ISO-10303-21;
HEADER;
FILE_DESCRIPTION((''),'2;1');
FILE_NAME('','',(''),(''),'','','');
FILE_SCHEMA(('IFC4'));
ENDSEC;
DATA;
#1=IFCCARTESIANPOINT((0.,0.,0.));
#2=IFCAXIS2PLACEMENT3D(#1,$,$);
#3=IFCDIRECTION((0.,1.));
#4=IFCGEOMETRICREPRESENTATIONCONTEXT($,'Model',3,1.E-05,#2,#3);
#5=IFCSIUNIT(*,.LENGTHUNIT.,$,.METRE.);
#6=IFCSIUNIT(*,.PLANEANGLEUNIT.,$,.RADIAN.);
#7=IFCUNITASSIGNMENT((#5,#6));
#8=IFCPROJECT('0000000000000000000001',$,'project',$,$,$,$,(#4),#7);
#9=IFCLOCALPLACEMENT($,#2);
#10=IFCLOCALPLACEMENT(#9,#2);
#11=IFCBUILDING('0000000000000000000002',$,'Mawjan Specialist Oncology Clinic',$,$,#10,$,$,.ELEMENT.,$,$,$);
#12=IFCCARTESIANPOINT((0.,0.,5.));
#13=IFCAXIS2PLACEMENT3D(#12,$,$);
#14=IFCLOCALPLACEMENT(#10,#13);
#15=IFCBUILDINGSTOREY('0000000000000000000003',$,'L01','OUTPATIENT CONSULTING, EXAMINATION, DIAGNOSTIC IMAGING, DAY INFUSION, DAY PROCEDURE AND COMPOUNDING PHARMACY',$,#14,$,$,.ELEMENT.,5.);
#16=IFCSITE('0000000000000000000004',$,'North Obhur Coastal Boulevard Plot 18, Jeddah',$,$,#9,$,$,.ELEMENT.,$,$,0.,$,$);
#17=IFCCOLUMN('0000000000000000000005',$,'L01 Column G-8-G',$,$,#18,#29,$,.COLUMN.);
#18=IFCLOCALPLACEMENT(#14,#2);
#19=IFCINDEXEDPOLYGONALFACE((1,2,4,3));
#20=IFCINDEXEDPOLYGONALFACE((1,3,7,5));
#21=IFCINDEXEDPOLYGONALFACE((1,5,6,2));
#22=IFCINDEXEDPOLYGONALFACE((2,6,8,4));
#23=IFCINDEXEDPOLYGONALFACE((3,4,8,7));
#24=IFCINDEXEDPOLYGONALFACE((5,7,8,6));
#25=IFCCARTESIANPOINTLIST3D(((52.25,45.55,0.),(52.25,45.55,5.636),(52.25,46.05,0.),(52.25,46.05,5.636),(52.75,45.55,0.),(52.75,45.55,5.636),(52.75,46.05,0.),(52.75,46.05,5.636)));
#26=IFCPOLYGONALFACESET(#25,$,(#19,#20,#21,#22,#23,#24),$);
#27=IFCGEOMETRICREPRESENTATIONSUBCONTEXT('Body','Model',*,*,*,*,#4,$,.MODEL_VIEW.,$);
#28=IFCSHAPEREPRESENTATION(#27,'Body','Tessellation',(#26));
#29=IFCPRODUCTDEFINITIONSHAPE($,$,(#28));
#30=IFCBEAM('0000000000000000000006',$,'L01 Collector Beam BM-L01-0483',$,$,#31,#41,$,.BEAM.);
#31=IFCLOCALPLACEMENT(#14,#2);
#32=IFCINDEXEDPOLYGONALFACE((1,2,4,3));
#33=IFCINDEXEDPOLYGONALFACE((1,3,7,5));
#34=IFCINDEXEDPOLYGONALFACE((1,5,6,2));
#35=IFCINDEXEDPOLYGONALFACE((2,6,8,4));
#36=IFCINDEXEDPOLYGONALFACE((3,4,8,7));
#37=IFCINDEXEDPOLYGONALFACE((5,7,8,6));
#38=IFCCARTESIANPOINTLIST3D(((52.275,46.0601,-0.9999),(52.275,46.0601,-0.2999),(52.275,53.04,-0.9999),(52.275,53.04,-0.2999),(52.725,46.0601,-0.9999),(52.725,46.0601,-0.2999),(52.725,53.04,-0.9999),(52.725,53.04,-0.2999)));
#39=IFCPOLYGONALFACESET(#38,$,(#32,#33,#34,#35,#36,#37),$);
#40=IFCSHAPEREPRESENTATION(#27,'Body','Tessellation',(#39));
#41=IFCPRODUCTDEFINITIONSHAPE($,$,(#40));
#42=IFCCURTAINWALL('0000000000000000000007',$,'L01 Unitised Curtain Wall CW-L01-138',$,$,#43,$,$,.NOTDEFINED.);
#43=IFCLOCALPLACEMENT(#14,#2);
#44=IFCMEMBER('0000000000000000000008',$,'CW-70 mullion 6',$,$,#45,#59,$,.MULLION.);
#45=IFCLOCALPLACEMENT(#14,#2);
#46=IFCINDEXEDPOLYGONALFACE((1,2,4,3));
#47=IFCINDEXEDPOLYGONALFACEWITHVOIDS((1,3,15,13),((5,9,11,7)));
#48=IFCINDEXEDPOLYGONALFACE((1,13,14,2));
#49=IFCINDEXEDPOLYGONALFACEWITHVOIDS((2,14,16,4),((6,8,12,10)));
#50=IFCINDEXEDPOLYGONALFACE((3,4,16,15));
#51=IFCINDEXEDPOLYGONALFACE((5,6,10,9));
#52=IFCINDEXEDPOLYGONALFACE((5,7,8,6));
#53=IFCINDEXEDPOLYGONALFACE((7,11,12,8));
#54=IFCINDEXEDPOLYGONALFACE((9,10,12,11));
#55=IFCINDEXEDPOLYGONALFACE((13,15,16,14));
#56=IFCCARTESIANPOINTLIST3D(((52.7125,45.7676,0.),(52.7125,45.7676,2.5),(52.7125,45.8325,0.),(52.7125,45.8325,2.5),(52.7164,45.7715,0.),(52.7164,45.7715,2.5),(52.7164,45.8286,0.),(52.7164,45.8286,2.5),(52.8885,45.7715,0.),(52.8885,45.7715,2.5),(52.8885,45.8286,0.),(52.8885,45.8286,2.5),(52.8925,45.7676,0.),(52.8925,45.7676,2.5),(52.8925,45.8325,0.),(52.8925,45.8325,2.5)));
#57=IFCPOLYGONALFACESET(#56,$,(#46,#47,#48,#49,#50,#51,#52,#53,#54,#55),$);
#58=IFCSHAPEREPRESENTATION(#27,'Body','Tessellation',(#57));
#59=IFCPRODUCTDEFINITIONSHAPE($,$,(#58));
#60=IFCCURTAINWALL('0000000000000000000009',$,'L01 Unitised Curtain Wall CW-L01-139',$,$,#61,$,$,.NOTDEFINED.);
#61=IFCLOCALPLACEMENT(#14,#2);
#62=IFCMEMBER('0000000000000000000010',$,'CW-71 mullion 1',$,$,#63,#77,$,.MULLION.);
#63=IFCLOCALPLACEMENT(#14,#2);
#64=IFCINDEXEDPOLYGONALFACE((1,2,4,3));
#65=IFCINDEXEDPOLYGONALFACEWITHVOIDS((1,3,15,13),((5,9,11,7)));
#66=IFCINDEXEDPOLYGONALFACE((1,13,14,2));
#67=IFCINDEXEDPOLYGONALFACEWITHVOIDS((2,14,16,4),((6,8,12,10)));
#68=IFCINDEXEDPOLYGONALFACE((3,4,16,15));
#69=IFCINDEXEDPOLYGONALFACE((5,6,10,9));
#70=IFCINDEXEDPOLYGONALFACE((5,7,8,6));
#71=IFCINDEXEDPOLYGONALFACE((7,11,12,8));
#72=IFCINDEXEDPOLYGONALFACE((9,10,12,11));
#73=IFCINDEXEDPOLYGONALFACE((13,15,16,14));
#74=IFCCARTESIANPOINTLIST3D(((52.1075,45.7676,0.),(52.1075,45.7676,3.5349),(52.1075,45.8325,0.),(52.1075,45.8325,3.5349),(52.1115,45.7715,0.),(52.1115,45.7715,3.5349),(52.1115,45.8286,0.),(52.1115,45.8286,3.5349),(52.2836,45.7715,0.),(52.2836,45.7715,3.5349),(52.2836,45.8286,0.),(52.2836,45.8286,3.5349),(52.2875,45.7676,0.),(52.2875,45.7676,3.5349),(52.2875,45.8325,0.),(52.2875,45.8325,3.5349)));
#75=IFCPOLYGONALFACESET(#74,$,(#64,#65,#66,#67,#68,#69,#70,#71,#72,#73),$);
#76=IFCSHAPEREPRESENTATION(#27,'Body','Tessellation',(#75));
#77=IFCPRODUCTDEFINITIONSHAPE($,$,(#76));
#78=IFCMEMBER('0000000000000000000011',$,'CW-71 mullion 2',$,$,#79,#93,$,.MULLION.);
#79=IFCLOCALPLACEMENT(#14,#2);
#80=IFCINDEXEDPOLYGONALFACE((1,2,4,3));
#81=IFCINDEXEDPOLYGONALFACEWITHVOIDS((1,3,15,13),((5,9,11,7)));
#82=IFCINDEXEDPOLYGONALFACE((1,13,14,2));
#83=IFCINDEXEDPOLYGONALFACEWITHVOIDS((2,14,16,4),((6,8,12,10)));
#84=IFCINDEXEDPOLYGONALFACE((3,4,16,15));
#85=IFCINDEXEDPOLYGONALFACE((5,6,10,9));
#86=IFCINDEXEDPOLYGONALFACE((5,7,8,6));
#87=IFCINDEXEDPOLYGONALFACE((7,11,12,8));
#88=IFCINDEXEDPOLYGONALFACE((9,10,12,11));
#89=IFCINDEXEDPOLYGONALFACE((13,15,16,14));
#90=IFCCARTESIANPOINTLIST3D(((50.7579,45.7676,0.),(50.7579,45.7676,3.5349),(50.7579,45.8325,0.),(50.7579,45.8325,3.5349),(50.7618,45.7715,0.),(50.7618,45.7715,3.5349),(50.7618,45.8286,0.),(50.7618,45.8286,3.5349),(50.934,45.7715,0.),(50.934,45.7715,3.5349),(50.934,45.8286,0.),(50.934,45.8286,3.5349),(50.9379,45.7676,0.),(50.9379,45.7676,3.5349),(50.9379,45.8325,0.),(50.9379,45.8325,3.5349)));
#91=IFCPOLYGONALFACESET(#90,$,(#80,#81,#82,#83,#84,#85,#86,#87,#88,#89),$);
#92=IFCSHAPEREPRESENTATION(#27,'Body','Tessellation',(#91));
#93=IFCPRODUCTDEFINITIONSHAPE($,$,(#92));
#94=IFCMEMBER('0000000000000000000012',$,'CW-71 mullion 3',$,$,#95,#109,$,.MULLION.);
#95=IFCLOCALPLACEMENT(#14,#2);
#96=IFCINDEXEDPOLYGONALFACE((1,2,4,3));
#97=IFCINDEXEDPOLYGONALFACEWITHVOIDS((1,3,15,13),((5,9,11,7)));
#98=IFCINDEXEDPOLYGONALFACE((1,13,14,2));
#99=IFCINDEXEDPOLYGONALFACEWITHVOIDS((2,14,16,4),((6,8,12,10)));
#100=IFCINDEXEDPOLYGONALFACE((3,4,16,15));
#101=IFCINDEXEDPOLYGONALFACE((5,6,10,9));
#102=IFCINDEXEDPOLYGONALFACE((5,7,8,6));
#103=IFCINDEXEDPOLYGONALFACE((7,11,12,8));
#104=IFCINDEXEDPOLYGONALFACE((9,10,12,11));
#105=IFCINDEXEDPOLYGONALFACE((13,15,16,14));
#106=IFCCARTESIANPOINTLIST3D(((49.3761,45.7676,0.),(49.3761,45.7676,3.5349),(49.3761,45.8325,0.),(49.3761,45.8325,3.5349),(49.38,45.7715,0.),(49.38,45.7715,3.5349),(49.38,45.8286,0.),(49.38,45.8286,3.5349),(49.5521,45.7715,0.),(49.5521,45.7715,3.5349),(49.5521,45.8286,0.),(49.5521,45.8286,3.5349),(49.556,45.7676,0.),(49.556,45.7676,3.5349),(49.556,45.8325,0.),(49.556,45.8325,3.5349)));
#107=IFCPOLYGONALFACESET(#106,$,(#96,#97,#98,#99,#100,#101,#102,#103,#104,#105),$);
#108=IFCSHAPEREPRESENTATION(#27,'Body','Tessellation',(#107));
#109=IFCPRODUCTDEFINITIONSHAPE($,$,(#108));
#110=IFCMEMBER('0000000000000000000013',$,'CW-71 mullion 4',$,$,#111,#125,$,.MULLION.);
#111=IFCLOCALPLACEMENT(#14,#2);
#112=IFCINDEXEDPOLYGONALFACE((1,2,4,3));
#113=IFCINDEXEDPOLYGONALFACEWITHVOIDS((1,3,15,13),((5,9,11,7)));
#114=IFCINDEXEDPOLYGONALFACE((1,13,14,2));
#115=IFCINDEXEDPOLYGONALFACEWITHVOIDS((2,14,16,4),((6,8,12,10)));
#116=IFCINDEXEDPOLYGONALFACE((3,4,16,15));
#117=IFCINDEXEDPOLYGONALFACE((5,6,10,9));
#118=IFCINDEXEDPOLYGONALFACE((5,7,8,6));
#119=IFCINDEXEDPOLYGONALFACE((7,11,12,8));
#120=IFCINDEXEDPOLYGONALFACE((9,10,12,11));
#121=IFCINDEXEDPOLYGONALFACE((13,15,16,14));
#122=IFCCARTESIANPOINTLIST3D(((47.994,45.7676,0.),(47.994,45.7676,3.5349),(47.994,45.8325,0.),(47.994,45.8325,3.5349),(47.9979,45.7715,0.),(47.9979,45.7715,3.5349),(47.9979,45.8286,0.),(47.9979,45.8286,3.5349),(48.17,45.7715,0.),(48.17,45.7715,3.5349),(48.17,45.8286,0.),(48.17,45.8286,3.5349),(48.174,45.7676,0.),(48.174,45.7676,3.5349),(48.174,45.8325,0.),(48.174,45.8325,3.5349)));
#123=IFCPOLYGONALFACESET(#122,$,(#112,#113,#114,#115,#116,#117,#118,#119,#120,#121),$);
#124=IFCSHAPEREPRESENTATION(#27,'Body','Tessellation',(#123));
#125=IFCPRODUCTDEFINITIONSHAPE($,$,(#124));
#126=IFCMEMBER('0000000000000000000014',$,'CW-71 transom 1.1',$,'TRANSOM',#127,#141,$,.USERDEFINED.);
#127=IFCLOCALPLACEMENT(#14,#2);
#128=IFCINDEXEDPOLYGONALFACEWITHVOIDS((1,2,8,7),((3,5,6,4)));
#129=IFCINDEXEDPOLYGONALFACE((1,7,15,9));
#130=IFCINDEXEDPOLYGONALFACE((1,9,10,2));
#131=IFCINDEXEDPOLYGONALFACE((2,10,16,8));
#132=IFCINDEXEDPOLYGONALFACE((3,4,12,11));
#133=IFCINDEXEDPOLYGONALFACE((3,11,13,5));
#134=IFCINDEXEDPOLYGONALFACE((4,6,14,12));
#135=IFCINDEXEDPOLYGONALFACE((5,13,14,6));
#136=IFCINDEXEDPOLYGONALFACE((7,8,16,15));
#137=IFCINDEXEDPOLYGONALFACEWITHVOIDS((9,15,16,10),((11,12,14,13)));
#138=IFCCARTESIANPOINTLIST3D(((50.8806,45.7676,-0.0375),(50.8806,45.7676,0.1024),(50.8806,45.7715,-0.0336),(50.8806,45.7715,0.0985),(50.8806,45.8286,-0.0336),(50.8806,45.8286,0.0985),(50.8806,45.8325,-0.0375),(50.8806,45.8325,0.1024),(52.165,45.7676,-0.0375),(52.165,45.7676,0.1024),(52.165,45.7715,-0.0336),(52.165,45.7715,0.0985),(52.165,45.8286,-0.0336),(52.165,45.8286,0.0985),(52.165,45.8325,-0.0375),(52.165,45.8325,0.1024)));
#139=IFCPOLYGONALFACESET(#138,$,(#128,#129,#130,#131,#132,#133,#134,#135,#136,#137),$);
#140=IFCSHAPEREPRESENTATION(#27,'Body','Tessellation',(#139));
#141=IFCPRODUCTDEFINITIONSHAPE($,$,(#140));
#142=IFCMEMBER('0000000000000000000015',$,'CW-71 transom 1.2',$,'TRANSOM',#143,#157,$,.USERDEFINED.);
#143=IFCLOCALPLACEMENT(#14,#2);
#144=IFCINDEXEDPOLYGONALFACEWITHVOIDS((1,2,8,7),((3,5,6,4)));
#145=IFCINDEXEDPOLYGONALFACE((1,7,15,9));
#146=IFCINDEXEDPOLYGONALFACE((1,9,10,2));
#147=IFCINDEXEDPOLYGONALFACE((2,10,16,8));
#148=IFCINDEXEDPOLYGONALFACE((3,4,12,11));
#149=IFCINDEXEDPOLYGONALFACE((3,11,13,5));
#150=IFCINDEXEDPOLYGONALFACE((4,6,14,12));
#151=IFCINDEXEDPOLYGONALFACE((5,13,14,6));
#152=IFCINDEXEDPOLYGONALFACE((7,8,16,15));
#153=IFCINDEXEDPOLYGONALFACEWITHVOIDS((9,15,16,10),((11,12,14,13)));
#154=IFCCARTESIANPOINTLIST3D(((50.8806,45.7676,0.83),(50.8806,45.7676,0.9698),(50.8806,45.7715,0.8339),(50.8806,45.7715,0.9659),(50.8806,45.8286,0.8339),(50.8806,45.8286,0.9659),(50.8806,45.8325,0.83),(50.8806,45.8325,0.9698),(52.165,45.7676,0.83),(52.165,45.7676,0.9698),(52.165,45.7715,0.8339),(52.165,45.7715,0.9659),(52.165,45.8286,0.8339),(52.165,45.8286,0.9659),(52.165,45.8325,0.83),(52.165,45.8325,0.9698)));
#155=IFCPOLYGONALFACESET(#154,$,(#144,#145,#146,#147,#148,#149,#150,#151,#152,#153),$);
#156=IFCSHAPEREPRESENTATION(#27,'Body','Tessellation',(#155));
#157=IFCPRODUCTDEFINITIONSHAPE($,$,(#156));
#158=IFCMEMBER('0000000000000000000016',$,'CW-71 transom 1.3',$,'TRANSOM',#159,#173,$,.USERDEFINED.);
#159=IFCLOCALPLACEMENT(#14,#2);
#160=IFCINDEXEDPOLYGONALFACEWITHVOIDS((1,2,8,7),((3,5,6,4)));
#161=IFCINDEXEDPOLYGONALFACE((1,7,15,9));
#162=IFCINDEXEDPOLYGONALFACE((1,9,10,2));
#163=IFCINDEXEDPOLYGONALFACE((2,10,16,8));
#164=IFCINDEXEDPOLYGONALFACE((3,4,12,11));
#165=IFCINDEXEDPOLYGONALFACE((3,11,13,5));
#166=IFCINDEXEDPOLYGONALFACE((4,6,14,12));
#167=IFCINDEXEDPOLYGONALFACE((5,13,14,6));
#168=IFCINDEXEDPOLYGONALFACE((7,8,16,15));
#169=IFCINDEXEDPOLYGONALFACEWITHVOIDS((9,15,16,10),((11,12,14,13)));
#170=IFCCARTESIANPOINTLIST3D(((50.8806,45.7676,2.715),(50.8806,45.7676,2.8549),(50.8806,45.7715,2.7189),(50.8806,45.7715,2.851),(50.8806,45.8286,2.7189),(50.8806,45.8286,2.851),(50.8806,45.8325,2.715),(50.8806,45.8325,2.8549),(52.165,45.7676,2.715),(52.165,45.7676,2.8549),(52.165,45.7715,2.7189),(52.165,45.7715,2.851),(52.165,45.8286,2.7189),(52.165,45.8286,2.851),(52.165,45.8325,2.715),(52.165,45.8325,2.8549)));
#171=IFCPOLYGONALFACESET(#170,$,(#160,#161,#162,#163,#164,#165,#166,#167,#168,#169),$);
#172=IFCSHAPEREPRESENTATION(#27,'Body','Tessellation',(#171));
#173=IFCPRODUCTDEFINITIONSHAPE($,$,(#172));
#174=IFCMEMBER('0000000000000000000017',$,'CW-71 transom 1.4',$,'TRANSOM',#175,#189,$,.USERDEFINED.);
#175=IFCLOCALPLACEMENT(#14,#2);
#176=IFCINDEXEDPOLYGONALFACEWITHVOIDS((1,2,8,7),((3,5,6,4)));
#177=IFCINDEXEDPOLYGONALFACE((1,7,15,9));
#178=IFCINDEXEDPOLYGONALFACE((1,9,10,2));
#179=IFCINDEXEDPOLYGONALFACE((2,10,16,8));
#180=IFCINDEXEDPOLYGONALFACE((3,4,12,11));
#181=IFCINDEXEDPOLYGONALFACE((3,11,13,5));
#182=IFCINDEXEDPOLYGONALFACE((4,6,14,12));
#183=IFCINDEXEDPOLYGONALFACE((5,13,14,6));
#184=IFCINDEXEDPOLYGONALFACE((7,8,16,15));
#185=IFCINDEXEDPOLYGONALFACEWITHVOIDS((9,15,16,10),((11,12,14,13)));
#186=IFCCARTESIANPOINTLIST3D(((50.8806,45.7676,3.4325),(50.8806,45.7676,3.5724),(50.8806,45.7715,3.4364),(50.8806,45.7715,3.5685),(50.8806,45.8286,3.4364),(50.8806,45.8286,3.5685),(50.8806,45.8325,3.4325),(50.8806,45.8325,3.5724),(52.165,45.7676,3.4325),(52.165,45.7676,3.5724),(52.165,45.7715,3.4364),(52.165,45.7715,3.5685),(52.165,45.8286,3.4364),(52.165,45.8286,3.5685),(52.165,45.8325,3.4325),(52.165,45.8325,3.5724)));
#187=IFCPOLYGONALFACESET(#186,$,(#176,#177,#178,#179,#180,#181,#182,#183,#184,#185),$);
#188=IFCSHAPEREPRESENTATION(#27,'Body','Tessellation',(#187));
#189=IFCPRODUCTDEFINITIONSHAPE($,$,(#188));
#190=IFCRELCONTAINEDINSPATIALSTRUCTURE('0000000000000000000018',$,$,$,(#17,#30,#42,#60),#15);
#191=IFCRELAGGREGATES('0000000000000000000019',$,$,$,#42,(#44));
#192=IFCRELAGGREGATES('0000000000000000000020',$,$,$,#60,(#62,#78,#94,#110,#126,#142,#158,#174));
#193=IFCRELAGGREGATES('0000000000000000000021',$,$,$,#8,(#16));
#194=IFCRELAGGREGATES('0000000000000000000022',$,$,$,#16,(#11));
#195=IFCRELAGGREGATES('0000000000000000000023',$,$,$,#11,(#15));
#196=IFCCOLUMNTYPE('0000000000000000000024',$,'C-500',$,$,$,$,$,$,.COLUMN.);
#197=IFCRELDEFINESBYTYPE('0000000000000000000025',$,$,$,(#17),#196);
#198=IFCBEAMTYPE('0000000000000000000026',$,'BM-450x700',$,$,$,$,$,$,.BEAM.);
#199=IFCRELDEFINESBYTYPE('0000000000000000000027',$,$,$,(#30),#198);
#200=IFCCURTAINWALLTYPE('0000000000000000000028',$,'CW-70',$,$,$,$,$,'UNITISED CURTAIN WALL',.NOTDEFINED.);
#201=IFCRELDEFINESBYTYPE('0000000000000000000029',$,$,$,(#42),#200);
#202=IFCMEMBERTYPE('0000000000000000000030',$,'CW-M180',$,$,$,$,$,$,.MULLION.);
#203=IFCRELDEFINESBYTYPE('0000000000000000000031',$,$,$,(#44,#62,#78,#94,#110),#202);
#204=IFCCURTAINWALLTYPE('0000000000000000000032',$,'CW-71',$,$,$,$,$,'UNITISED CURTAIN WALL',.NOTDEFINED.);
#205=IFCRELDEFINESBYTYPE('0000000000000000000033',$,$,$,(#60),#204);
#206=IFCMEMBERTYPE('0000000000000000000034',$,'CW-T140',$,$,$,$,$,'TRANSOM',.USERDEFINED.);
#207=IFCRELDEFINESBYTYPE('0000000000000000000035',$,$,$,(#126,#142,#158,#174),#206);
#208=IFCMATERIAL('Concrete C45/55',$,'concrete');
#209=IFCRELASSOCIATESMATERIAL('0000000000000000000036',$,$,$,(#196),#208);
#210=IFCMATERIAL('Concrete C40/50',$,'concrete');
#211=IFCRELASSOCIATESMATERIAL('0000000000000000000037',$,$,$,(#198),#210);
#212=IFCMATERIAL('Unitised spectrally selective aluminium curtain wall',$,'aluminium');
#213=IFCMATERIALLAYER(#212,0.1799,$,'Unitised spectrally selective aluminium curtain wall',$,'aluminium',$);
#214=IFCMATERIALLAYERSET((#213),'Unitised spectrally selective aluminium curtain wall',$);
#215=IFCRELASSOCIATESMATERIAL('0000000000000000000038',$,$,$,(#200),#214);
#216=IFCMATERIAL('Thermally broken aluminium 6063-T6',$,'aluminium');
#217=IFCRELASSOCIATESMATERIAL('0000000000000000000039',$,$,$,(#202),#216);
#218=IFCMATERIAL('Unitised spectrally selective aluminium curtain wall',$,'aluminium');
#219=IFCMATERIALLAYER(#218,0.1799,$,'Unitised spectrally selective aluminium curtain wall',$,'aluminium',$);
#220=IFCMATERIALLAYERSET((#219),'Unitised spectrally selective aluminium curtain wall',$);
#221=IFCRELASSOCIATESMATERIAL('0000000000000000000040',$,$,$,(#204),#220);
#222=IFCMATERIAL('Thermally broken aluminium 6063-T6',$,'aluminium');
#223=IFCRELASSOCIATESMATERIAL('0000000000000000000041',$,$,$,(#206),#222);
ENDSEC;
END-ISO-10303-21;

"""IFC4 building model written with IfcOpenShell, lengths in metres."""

from ifc_helpers import new_model, si_unit, direction, frame, origin, origin_2d, place, context, subcontext, project, spatial, rectangle, hollow_rectangle, extrude, material, layer, layer_set, material_profile, profile_set, type_object, element, aggregate, save


model = new_model("IFC4")

# Units and contexts
model_context = context("Model", 3, precision=1e-05, world=origin(), true_north=direction((0.0, 1.0)))
body_context = subcontext(model_context, "Body", "Model", "MODEL_VIEW")
ifc_project = project(units=[si_unit("LENGTHUNIT", "METRE"), si_unit("PLANEANGLEUNIT", "RADIAN")], contexts=[model_context])

# Site, building, storey
site_placement = place(None, origin())
site = spatial("IfcSite", under=ifc_project, at=site_placement, Name="North Obhur Coastal Boulevard Plot 18, Jeddah", CompositionType="ELEMENT", RefElevation=0.0)
building_placement = place(site_placement, origin())
building = spatial("IfcBuilding", under=site, at=building_placement, Name="Mawjan Specialist Oncology Clinic", CompositionType="ELEMENT")
storey_placement = place(building_placement, frame((0.0, 0.0, 5.0)))
storey = spatial("IfcBuildingStorey", under=building, at=storey_placement, Name="L01", Description="OUTPATIENT CONSULTING, EXAMINATION, DIAGNOSTIC IMAGING, DAY INFUSION, DAY PROCEDURE AND COMPOUNDING PHARMACY", CompositionType="ELEMENT", Elevation=5.0)

# Column
ifc_material_1 = material(Name="Concrete C45/55", Category="concrete")
ifc_material_profile_1 = material_profile(ifc_material_1, rectangle(XDim=0.5, YDim=0.5, at=origin_2d()), Name="RC COL 500x500", Category="concrete")
ifc_profile_set_1 = profile_set([ifc_material_profile_1], Name="Concrete C45/55")
column_type = type_object("IfcColumnType", Name="C-500", PredefinedType="COLUMN", material=ifc_profile_set_1)
column_placement = place(storey_placement, frame((52.5, 45.8, 0.0), z_axis=(0.0, 0.0, 1.0), x_axis=(1.0, 0.0, 0.0)))
element("IfcColumn", 1, at=column_placement, inside=storey, type_object=column_type, Name="L01 Column G-8-G", PredefinedType="COLUMN", context=body_context, shape_type="SweptSolid", body=[
    extrude(rectangle(XDim=0.5, YDim=0.5, at=origin_2d()), origin(), (0.0, 0.0, 1.0), 5.636),
])

# Beam
ifc_material_2 = material(Name="Concrete C40/50", Category="concrete")
ifc_material_profile_2 = material_profile(ifc_material_2, rectangle(XDim=0.45, YDim=0.7, at=origin_2d()), Name="RC BM 450x700", Category="concrete")
ifc_profile_set_2 = profile_set([ifc_material_profile_2], Name="Concrete C40/50")
beam_type_1 = type_object("IfcBeamType", Name="BM-450x700", PredefinedType="BEAM", material=ifc_profile_set_2)
beam_1_placement = place(storey_placement, frame((52.5, 46.0601, -0.6499), z_axis=(0.0, 1.0, 0.0), x_axis=(-1.0, 0.0, 0.0)))
element("IfcBeam", 2, at=beam_1_placement, inside=storey, type_object=beam_type_1, Name="L01 Collector Beam BM-L01-0483", PredefinedType="BEAM", context=body_context, shape_type="SweptSolid", body=[
    extrude(rectangle(XDim=0.45, YDim=0.7, at=origin_2d()), origin(), (0.0, 0.0, 1.0), 6.98),
])

# Curtain wall, member
ifc_material_3 = material(Name="Unitised spectrally selective aluminium curtain wall", Category="aluminium")
ifc_layer_1 = layer(ifc_material_3, 0.1799, Name="Unitised spectrally selective aluminium curtain wall", Category="aluminium")
ifc_layer_set_1 = layer_set([ifc_layer_1], Name="Unitised spectrally selective aluminium curtain wall")
curtain_wall_type_1 = type_object("IfcCurtainWallType", Name="CW-70", ElementType="UNITISED CURTAIN WALL", PredefinedType="NOTDEFINED", material=ifc_layer_set_1)
curtain_wall_1_placement = place(storey_placement, origin())
curtain_wall_1 = element("IfcCurtainWall", 3, at=curtain_wall_1_placement, inside=storey, type_object=curtain_wall_type_1, Name="L01 Unitised Curtain Wall CW-L01-138", PredefinedType="NOTDEFINED")
ifc_material_4 = material(Name="Thermally broken aluminium 6063-T6", Category="aluminium")
ifc_material_profile_3 = material_profile(ifc_material_4, hollow_rectangle(XDim=0.0649, YDim=0.1799, WallThickness=0.0039, at=origin_2d()), Name="ALU MULLION 180x65x4", Category="aluminium")
ifc_profile_set_3 = profile_set([ifc_material_profile_3], Name="Thermally broken aluminium 6063-T6")
member_type_1 = type_object("IfcMemberType", Name="CW-M180", PredefinedType="MULLION", material=ifc_profile_set_3)
member_1_placement = place(storey_placement, frame((52.8025, 45.8, 0.0), z_axis=(0.0, 0.0, 1.0), x_axis=(0.0, -1.0, 0.0)))
member_1 = element("IfcMember", 4, at=member_1_placement, type_object=member_type_1, Name="CW-70 mullion 6", PredefinedType="MULLION", context=body_context, shape_type="SweptSolid", body=[
    extrude(hollow_rectangle(XDim=0.0649, YDim=0.1799, WallThickness=0.0039, at=origin_2d()), origin(), (0.0, 0.0, 1.0), 2.5),
])

# Curtain wall, members
ifc_material_5 = material(Name="Unitised spectrally selective aluminium curtain wall", Category="aluminium")
ifc_layer_2 = layer(ifc_material_5, 0.1799, Name="Unitised spectrally selective aluminium curtain wall", Category="aluminium")
ifc_layer_set_2 = layer_set([ifc_layer_2], Name="Unitised spectrally selective aluminium curtain wall")
curtain_wall_type_2 = type_object("IfcCurtainWallType", Name="CW-71", ElementType="UNITISED CURTAIN WALL", PredefinedType="NOTDEFINED", material=ifc_layer_set_2)
curtain_wall_2_placement = place(storey_placement, origin())
curtain_wall_2 = element("IfcCurtainWall", 5, at=curtain_wall_2_placement, inside=storey, type_object=curtain_wall_type_2, Name="L01 Unitised Curtain Wall CW-L01-139", PredefinedType="NOTDEFINED")
member_2_placement = place(storey_placement, frame((52.1975, 45.8, 0.0), z_axis=(0.0, 0.0, 1.0), x_axis=(0.0, -1.0, 0.0)))
member_2 = element("IfcMember", 6, at=member_2_placement, type_object=member_type_1, Name="CW-71 mullion 1", PredefinedType="MULLION", context=body_context, shape_type="SweptSolid", body=[
    extrude(hollow_rectangle(XDim=0.0649, YDim=0.1799, WallThickness=0.0039, at=origin_2d()), origin(), (0.0, 0.0, 1.0), 3.5349),
])
member_3_placement = place(storey_placement, frame((50.8479, 45.8, 0.0), z_axis=(0.0, 0.0, 1.0), x_axis=(0.0, -1.0, 0.0)))
member_3 = element("IfcMember", 7, at=member_3_placement, type_object=member_type_1, Name="CW-71 mullion 2", PredefinedType="MULLION", context=body_context, shape_type="SweptSolid", body=[
    extrude(hollow_rectangle(XDim=0.0649, YDim=0.1799, WallThickness=0.0039, at=origin_2d()), origin(), (0.0, 0.0, 1.0), 3.5349),
])
member_4_placement = place(storey_placement, frame((49.4661, 45.8, 0.0), z_axis=(0.0, 0.0, 1.0), x_axis=(0.0, -1.0, 0.0)))
member_4 = element("IfcMember", 8, at=member_4_placement, type_object=member_type_1, Name="CW-71 mullion 3", PredefinedType="MULLION", context=body_context, shape_type="SweptSolid", body=[
    extrude(hollow_rectangle(XDim=0.0649, YDim=0.1799, WallThickness=0.0039, at=origin_2d()), origin(), (0.0, 0.0, 1.0), 3.5349),
])
member_5_placement = place(storey_placement, frame((48.084, 45.8, 0.0), z_axis=(0.0, 0.0, 1.0), x_axis=(0.0, -1.0, 0.0)))
member_5 = element("IfcMember", 9, at=member_5_placement, type_object=member_type_1, Name="CW-71 mullion 4", PredefinedType="MULLION", context=body_context, shape_type="SweptSolid", body=[
    extrude(hollow_rectangle(XDim=0.0649, YDim=0.1799, WallThickness=0.0039, at=origin_2d()), origin(), (0.0, 0.0, 1.0), 3.5349),
])
ifc_material_6 = material(Name="Thermally broken aluminium 6063-T6", Category="aluminium")
ifc_material_profile_4 = material_profile(ifc_material_6, hollow_rectangle(XDim=0.0649, YDim=0.1399, WallThickness=0.0039, at=origin_2d()), Name="ALU TRANSOM 140x65x4", Category="aluminium")
ifc_profile_set_4 = profile_set([ifc_material_profile_4], Name="Thermally broken aluminium 6063-T6")
member_type_2 = type_object("IfcMemberType", Name="CW-T140", ElementType="TRANSOM", PredefinedType="USERDEFINED", material=ifc_profile_set_4)
member_6_placement = place(storey_placement, frame((52.165, 45.8, 0.0325), z_axis=(-1.0, 0.0, 0.0), x_axis=(0.0, -1.0, 0.0)))
member_6 = element("IfcMember", 10, at=member_6_placement, type_object=member_type_2, Name="CW-71 transom 1.1", ObjectType="TRANSOM", PredefinedType="USERDEFINED", context=body_context, shape_type="SweptSolid", body=[
    extrude(hollow_rectangle(XDim=0.0649, YDim=0.1399, WallThickness=0.0039, at=origin_2d()), origin(), (0.0, 0.0, 1.0), 1.2844),
])
member_7_placement = place(storey_placement, frame((52.165, 45.8, 0.8999), z_axis=(-1.0, 0.0, 0.0), x_axis=(0.0, -1.0, 0.0)))
member_7 = element("IfcMember", 11, at=member_7_placement, type_object=member_type_2, Name="CW-71 transom 1.2", ObjectType="TRANSOM", PredefinedType="USERDEFINED", context=body_context, shape_type="SweptSolid", body=[
    extrude(hollow_rectangle(XDim=0.0649, YDim=0.1399, WallThickness=0.0039, at=origin_2d()), origin(), (0.0, 0.0, 1.0), 1.2844),
])
member_8_placement = place(storey_placement, frame((52.165, 45.8, 2.7849), z_axis=(-1.0, 0.0, 0.0), x_axis=(0.0, -1.0, 0.0)))
member_8 = element("IfcMember", 12, at=member_8_placement, type_object=member_type_2, Name="CW-71 transom 1.3", ObjectType="TRANSOM", PredefinedType="USERDEFINED", context=body_context, shape_type="SweptSolid", body=[
    extrude(hollow_rectangle(XDim=0.0649, YDim=0.1399, WallThickness=0.0039, at=origin_2d()), origin(), (0.0, 0.0, 1.0), 1.2844),
])
member_9_placement = place(storey_placement, frame((52.165, 45.8, 3.5024), z_axis=(-1.0, 0.0, 0.0), x_axis=(0.0, -1.0, 0.0)))
member_9 = element("IfcMember", 13, at=member_9_placement, type_object=member_type_2, Name="CW-71 transom 1.4", ObjectType="TRANSOM", PredefinedType="USERDEFINED", context=body_context, shape_type="SweptSolid", body=[
    extrude(hollow_rectangle(XDim=0.0649, YDim=0.1399, WallThickness=0.0039, at=origin_2d()), origin(), (0.0, 0.0, 1.0), 1.2844),
])

aggregate(curtain_wall_1, [member_1])
aggregate(curtain_wall_2, [member_2, member_3, member_4, member_5, member_6, member_7, member_8, member_9])

save(model, "model.ifc")
